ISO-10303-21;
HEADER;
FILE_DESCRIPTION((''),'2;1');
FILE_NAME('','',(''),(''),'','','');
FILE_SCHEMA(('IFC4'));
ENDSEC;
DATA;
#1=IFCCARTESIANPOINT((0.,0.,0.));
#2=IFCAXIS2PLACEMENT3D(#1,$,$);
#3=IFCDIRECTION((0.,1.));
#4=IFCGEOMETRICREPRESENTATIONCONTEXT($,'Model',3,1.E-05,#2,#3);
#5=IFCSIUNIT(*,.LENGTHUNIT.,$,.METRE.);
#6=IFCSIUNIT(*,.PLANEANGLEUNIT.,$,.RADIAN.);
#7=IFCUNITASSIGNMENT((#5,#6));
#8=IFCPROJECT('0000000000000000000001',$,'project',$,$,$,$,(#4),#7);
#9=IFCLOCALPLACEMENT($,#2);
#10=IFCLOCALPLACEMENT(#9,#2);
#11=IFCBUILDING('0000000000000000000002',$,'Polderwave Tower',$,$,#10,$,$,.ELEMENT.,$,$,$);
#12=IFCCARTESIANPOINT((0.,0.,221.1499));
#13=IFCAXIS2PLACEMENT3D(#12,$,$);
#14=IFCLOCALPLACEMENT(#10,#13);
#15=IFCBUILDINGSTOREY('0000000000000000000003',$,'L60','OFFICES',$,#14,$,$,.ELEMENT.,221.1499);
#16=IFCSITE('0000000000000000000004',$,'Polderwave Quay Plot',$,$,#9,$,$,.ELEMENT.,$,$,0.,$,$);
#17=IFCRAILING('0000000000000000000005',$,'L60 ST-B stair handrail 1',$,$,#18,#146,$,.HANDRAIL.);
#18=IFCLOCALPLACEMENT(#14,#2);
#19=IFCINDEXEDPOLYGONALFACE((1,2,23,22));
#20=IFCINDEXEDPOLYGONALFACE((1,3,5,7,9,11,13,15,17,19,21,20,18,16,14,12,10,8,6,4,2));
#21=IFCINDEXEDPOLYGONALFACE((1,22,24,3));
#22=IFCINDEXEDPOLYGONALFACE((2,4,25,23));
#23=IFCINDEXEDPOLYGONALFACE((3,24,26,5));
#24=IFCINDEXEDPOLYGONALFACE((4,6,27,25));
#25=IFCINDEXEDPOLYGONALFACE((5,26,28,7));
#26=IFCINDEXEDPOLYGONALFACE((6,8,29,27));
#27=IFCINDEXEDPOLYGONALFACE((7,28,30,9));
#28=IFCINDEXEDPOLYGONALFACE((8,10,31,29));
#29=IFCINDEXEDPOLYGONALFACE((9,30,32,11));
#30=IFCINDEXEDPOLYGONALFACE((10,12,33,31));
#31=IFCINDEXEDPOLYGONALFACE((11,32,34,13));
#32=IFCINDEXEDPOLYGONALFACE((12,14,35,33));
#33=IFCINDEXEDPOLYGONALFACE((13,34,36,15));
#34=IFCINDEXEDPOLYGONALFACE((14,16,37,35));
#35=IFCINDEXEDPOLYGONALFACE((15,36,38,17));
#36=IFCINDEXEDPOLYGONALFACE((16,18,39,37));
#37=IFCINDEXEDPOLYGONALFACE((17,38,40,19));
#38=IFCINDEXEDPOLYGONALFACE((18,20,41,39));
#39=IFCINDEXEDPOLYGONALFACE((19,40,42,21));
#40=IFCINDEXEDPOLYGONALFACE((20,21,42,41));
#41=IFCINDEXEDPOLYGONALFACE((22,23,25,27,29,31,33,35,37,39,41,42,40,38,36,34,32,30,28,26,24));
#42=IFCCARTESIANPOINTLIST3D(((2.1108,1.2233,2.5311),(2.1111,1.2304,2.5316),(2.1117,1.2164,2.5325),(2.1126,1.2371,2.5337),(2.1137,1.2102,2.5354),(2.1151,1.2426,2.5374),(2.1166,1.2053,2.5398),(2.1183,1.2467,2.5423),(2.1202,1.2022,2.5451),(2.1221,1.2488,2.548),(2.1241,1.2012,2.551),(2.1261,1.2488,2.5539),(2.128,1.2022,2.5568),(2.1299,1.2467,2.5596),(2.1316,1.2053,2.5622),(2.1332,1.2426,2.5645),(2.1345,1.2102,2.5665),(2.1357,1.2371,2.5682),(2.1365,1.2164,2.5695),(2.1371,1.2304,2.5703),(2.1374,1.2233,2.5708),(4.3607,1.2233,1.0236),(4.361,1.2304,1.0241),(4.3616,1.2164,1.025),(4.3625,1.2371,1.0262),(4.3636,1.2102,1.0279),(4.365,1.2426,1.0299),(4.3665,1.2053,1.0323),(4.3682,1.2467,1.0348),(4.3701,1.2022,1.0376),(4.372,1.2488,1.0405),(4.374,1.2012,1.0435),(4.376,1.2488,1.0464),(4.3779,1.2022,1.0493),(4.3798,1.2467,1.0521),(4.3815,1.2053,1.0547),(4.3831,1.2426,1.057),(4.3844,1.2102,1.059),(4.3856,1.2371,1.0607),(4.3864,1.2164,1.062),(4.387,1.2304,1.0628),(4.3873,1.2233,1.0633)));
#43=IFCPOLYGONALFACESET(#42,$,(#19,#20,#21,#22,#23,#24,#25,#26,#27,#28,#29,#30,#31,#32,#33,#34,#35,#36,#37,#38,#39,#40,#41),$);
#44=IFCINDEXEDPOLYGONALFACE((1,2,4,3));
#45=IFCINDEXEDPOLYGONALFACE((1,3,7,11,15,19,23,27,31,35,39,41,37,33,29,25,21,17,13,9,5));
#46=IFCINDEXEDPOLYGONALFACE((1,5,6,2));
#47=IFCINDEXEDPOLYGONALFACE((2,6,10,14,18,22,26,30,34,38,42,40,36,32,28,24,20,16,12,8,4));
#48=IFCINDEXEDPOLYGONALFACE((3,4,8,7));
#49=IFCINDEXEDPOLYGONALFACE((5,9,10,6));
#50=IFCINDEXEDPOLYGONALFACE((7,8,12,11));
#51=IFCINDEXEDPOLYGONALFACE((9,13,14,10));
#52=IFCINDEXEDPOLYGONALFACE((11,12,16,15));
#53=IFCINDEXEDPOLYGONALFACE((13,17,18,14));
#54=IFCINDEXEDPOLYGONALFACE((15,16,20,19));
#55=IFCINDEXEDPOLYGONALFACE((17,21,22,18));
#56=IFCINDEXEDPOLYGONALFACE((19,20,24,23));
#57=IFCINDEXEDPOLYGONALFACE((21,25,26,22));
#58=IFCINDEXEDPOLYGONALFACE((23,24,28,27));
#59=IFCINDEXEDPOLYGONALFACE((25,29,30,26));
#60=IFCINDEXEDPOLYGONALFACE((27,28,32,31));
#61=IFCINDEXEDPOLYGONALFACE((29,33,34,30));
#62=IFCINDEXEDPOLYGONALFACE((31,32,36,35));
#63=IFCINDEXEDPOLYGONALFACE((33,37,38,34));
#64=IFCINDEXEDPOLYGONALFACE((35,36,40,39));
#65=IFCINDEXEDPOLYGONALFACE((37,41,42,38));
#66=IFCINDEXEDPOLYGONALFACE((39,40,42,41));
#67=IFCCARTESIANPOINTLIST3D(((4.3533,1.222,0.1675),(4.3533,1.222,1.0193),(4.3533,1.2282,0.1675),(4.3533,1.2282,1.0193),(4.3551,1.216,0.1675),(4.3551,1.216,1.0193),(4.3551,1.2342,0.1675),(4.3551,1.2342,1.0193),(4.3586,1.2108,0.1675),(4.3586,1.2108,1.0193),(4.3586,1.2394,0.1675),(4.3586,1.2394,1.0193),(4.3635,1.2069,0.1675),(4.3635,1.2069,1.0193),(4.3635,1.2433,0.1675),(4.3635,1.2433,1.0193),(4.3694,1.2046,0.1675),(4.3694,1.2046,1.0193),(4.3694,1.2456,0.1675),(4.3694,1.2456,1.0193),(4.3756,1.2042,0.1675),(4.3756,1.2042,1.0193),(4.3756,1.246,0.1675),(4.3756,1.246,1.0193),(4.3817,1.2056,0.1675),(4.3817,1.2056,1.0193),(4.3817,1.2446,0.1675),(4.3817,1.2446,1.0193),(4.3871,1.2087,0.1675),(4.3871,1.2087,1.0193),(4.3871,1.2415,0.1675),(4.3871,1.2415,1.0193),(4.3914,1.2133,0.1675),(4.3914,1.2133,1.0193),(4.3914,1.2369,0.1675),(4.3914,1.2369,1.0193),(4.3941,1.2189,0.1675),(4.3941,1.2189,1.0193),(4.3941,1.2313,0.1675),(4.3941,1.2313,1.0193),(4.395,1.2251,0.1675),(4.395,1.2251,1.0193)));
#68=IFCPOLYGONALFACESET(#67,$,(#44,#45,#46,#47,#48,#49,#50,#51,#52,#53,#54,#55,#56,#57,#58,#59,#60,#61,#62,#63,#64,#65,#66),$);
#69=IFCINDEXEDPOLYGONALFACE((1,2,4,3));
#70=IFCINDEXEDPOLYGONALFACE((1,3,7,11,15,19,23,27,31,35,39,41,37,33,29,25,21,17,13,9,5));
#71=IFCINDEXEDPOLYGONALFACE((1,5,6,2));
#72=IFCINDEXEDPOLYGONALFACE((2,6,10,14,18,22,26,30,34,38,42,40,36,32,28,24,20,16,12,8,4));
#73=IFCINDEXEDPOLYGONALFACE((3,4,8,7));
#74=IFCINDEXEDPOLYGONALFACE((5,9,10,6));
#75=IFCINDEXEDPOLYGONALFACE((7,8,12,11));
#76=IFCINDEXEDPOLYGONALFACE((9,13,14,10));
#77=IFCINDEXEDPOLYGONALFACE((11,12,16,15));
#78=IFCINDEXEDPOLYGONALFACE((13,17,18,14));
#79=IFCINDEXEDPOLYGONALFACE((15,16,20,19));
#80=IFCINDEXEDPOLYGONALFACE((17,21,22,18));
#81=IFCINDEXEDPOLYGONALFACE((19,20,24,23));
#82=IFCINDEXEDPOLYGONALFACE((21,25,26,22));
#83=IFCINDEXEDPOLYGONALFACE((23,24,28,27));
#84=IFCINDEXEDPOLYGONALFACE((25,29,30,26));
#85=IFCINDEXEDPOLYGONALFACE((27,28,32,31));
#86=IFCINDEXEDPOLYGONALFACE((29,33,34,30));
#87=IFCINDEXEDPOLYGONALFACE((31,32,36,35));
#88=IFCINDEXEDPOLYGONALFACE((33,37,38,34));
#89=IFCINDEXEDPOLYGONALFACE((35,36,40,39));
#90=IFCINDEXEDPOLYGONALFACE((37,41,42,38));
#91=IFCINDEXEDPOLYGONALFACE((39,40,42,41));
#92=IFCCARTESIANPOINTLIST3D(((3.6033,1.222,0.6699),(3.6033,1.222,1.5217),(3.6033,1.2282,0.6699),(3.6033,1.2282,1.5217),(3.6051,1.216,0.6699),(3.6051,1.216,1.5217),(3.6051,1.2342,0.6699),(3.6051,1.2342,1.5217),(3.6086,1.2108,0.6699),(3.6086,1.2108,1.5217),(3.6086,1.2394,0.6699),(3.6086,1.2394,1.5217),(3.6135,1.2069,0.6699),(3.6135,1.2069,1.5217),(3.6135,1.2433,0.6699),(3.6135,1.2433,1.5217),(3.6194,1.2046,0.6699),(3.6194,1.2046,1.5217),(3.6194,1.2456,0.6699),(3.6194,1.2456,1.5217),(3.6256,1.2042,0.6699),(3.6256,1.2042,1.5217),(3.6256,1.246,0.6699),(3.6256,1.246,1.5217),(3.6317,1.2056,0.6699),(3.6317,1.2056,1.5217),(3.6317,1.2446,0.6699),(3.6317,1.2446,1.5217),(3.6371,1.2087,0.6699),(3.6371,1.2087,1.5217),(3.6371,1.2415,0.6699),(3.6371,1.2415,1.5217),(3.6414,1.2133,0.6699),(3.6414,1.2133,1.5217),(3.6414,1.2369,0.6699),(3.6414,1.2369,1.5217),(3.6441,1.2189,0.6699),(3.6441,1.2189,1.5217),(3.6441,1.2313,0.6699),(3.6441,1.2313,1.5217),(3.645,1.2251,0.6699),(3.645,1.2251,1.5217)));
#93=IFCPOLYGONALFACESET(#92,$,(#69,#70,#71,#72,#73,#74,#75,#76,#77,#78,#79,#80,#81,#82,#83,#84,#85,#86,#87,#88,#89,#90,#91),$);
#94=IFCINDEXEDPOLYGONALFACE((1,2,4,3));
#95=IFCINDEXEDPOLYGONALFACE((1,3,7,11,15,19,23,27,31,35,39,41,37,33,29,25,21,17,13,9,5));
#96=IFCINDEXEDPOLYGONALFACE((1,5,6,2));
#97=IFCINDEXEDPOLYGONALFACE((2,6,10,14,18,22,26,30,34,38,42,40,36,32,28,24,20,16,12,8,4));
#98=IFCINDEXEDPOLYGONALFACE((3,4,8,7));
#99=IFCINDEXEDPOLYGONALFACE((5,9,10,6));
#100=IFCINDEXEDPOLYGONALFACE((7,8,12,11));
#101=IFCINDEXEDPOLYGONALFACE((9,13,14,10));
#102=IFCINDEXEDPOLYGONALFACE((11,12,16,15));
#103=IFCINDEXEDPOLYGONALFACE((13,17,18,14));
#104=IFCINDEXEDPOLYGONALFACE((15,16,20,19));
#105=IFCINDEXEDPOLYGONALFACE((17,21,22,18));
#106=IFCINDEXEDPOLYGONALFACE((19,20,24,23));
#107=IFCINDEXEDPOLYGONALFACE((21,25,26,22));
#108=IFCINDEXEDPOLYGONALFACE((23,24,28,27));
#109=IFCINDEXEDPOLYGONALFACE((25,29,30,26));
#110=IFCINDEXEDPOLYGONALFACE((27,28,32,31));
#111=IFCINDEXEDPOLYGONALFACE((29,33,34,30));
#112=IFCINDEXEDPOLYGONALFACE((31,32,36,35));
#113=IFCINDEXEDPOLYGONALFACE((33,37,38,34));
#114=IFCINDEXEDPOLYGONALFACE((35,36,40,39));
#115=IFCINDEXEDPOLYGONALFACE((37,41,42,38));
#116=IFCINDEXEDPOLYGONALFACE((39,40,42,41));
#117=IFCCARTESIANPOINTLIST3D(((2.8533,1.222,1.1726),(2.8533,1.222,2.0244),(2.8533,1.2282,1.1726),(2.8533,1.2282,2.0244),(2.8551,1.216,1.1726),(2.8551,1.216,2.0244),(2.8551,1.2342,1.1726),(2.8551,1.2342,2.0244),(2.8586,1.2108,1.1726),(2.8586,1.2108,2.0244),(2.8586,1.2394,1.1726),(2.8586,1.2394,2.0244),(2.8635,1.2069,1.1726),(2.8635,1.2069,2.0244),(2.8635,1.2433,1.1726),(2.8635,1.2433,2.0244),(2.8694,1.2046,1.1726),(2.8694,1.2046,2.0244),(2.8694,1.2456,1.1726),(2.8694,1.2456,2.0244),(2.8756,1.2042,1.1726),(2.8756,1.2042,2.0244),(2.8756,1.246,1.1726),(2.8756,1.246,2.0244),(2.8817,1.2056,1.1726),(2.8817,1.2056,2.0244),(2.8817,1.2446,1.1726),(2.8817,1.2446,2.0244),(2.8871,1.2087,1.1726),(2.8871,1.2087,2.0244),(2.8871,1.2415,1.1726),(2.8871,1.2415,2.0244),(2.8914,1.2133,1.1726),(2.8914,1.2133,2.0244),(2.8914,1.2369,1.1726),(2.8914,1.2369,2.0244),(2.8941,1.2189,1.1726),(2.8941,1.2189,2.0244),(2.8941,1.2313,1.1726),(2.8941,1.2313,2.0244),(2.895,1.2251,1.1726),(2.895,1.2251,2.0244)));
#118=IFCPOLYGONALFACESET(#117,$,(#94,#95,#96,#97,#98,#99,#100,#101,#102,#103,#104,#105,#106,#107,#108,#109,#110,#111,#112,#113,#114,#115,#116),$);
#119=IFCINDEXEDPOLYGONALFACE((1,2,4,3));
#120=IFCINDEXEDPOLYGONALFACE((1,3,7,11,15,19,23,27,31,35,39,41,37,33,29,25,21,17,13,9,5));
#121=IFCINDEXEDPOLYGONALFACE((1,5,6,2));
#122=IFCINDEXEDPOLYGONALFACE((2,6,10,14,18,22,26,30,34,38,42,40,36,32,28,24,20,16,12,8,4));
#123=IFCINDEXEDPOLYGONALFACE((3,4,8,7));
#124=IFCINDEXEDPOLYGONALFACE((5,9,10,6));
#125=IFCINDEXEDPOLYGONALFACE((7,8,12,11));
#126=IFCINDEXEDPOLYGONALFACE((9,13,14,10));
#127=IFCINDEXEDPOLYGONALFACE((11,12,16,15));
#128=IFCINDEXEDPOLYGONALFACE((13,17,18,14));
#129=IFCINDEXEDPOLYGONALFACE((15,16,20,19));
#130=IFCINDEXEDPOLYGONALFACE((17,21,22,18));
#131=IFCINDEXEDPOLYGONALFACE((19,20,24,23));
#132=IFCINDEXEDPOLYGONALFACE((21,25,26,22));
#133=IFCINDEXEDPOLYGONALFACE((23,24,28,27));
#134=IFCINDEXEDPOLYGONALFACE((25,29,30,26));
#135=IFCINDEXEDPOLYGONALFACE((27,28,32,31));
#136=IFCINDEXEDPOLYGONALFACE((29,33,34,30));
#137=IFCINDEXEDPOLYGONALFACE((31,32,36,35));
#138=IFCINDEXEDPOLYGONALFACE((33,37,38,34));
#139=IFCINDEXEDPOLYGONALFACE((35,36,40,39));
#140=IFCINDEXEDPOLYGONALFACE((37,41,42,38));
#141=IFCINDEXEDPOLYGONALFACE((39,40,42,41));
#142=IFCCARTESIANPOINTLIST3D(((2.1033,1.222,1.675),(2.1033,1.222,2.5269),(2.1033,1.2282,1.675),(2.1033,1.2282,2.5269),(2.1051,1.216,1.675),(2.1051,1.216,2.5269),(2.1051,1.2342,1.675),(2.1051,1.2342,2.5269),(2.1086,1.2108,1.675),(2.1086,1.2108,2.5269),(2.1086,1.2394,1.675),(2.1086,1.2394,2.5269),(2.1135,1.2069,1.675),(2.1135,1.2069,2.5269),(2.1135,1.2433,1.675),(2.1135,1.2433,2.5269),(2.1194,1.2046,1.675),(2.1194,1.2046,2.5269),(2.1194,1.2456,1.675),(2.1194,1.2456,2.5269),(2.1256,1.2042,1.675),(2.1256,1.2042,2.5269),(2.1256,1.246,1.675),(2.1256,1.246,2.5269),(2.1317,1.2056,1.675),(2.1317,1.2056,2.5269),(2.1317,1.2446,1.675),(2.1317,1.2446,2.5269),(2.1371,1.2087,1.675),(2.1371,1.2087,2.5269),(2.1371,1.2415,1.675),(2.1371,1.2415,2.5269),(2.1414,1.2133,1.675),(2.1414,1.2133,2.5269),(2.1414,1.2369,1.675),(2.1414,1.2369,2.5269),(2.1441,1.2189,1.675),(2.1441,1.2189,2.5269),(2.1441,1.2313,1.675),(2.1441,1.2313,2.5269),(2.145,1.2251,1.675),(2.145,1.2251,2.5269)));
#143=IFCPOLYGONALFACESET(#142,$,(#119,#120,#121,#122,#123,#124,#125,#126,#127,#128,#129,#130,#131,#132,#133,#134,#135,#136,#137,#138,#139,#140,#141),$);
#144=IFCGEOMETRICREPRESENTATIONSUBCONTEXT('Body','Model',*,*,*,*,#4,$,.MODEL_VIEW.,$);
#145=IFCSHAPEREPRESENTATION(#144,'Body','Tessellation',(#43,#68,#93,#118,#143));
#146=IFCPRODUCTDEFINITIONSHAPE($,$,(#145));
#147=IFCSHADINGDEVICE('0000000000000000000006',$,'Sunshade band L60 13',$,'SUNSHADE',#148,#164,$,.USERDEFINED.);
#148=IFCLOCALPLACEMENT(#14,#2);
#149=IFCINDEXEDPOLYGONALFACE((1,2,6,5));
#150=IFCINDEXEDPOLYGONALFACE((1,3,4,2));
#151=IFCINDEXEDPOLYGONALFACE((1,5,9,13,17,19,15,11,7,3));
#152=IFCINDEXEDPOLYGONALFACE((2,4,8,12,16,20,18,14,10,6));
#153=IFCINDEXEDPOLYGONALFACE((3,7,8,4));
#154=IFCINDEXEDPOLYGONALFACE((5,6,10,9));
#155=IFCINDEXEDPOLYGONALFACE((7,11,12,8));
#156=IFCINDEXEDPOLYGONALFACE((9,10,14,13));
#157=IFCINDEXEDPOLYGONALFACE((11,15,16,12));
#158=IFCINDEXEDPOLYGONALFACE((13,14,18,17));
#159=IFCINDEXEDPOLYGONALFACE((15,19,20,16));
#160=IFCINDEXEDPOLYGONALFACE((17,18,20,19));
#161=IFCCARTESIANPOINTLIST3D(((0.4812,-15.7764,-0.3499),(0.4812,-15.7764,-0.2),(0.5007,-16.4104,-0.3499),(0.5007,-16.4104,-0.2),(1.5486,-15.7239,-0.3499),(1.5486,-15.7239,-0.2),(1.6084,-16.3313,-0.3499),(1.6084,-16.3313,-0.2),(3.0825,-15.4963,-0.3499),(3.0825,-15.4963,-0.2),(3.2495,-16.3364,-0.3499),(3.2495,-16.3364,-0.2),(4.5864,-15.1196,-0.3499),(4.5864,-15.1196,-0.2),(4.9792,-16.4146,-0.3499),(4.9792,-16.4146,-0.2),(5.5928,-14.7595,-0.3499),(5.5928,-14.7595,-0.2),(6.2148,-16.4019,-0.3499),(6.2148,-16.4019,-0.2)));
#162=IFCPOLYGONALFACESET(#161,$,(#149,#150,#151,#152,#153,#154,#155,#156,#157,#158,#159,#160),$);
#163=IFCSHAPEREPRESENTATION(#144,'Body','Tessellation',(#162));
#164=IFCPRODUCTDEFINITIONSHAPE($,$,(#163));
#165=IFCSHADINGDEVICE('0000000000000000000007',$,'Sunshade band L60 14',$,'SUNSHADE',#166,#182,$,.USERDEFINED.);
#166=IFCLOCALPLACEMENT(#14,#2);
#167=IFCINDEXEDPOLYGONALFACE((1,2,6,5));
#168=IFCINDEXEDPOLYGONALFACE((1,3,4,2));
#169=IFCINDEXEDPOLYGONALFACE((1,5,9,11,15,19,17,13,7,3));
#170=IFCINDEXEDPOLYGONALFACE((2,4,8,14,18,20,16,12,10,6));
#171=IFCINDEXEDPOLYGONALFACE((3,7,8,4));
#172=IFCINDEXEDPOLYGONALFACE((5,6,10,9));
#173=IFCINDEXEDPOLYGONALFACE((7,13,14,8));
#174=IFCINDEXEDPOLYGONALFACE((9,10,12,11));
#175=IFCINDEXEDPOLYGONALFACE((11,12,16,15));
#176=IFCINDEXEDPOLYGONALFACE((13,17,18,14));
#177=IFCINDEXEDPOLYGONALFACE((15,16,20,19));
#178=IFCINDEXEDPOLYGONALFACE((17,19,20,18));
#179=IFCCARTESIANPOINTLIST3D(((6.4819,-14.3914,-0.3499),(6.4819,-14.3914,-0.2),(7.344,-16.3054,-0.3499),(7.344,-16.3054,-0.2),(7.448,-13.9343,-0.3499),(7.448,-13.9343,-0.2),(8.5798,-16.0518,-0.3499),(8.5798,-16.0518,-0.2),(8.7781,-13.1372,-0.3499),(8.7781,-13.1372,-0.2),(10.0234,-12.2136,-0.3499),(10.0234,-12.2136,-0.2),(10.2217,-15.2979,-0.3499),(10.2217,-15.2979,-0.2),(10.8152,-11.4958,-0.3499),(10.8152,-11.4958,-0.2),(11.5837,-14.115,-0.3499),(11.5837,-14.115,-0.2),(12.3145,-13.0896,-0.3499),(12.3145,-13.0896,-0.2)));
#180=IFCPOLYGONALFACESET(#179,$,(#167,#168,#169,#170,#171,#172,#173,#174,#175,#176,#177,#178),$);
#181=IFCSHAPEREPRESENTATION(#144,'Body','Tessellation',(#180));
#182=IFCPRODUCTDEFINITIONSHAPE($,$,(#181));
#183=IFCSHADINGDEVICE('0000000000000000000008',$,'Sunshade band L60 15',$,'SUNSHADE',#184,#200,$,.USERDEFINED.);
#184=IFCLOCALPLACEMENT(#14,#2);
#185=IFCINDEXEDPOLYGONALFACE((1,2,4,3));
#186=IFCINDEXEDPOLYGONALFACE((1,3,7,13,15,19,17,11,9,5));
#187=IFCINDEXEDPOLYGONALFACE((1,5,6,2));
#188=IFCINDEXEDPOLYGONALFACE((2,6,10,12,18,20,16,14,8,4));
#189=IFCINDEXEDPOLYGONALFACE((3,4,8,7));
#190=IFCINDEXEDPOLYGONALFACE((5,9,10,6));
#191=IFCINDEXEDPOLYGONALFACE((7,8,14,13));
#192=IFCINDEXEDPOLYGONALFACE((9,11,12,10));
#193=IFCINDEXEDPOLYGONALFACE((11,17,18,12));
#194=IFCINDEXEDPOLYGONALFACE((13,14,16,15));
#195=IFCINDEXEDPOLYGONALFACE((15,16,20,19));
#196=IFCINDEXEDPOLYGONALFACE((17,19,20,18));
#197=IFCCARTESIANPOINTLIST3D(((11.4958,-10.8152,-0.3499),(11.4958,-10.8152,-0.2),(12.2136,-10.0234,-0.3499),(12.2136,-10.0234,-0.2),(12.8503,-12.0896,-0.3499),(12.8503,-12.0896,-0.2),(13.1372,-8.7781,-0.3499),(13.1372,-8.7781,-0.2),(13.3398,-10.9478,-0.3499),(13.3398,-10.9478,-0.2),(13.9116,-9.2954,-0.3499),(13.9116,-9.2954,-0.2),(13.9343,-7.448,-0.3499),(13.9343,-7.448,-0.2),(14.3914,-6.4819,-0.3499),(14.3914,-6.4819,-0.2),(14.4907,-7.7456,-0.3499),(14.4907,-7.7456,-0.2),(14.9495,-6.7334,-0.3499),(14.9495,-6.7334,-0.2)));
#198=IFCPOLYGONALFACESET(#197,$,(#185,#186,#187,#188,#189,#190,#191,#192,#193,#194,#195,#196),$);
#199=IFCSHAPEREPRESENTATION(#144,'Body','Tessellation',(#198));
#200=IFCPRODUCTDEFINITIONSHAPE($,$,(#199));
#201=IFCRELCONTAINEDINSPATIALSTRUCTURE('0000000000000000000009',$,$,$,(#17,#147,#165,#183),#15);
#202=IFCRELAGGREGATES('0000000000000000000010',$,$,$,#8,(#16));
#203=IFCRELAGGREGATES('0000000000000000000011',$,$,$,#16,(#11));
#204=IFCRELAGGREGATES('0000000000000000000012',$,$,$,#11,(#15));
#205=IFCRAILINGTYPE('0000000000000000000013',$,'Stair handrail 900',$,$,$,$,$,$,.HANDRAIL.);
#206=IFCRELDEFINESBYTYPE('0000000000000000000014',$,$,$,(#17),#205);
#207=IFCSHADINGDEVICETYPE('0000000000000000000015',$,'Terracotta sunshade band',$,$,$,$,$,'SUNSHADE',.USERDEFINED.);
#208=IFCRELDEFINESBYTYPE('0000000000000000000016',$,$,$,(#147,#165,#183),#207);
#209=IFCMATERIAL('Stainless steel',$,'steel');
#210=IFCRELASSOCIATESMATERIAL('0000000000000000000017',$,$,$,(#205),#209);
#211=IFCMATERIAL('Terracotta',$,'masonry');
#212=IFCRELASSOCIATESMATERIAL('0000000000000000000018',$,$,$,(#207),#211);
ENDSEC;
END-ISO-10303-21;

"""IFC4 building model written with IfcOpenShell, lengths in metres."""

from ifc_helpers import new_model, si_unit, direction, frame, origin, origin_2d, place, context, subcontext, project, spatial, polyline, circle, outline, extrude, material, type_object, element, save


model = new_model("IFC4")

# Units and contexts
model_context = context("Model", 3, precision=1e-05, world=origin(), true_north=direction((0.0, 1.0)))
body_context = subcontext(model_context, "Body", "Model", "MODEL_VIEW")
ifc_project = project(units=[si_unit("LENGTHUNIT", "METRE"), si_unit("PLANEANGLEUNIT", "RADIAN")], contexts=[model_context])

# Site, building, storey
site_placement = place(None, origin())
site = spatial("IfcSite", under=ifc_project, at=site_placement, Name="Polderwave Quay Plot", CompositionType="ELEMENT", RefElevation=0.0)
building_placement = place(site_placement, origin())
building = spatial("IfcBuilding", under=site, at=building_placement, Name="Polderwave Tower", CompositionType="ELEMENT")
storey_placement = place(building_placement, frame((0.0, 0.0, 221.1499)))
storey = spatial("IfcBuildingStorey", under=building, at=storey_placement, Name="L60", Description="OFFICES", CompositionType="ELEMENT", Elevation=221.1499)

# Railing
ifc_material_1 = material(Name="Stainless steel", Category="steel")
railing_type_1 = type_object("IfcRailingType", Name="Stair handrail 900", PredefinedType="HANDRAIL", material=ifc_material_1)
railing_1_placement = place(storey_placement, frame((4.374, 1.2251, 0.1675)))
element("IfcRailing", 1, at=railing_1_placement, inside=storey, type_object=railing_type_1, Name="L60 ST-B stair handrail 1", PredefinedType="HANDRAIL", context=body_context, shape_type="SweptSolid", body=[
    extrude(circle(Radius=0.0239, at=origin_2d()), frame((0.0, 0.0, 0.876), z_axis=(-0.830758, 0.0, 0.556633), x_axis=(0.0, -1.0, 0.0)), (0.0, 0.0, 1.0), 2.7083),
    extrude(circle(Radius=0.021, at=origin_2d()), origin(), (0.0, 0.0, 1.0), 0.8518),
    extrude(circle(Radius=0.021, at=origin_2d()), frame((-0.75, 0.0, 0.5024)), (0.0, 0.0, 1.0), 0.8518),
    extrude(circle(Radius=0.021, at=origin_2d()), frame((-1.5, 0.0, 1.0051)), (0.0, 0.0, 1.0), 0.8518),
    extrude(circle(Radius=0.021, at=origin_2d()), frame((-2.25, 0.0, 1.5076)), (0.0, 0.0, 1.0), 0.8518),
])

# Shading devices
ifc_material_2 = material(Name="Terracotta", Category="masonry")
shading_device_type = type_object("IfcShadingDeviceType", Name="Terracotta sunshade band", ElementType="SUNSHADE", PredefinedType="USERDEFINED", material=ifc_material_2)
shading_device_1_placement = place(storey_placement, frame((0.0, 0.0, -0.3499)))
element("IfcShadingDevice", 2, at=shading_device_1_placement, inside=storey, type_object=shading_device_type, Name="Sunshade band L60 13", ObjectType="SUNSHADE", PredefinedType="USERDEFINED", context=body_context, shape_type="SweptSolid", body=[
    extrude(outline(polyline([(0.4812, -15.7764), (1.5486, -15.7239), (3.0825, -15.4963), (4.5864, -15.1196), (5.5928, -14.7595), (6.2148, -16.4019), (4.9792, -16.4146), (3.2495, -16.3364), (1.6084, -16.3313), (0.5007, -16.4104), (0.4812, -15.7764)])), origin(), (0.0, 0.0, 1.0), 0.1499),
])
shading_device_2_placement = place(storey_placement, frame((0.0, 0.0, -0.3499)))
element("IfcShadingDevice", 3, at=shading_device_2_placement, inside=storey, type_object=shading_device_type, Name="Sunshade band L60 14", ObjectType="SUNSHADE", PredefinedType="USERDEFINED", context=body_context, shape_type="SweptSolid", body=[
    extrude(outline(polyline([(6.4819, -14.3914), (7.448, -13.9343), (8.7781, -13.1372), (10.0234, -12.2136), (10.8152, -11.4958), (12.3145, -13.0896), (11.5837, -14.115), (10.2217, -15.2979), (8.5798, -16.0518), (7.344, -16.3054), (6.4819, -14.3914)])), origin(), (0.0, 0.0, 1.0), 0.1499),
])
shading_device_3_placement = place(storey_placement, frame((0.0, 0.0, -0.3499)))
element("IfcShadingDevice", 4, at=shading_device_3_placement, inside=storey, type_object=shading_device_type, Name="Sunshade band L60 15", ObjectType="SUNSHADE", PredefinedType="USERDEFINED", context=body_context, shape_type="SweptSolid", body=[
    extrude(outline(polyline([(11.4958, -10.8152), (12.2136, -10.0234), (13.1372, -8.7781), (13.9343, -7.448), (14.3914, -6.4819), (14.9495, -6.7334), (14.4907, -7.7456), (13.9116, -9.2954), (13.3398, -10.9478), (12.8503, -12.0896), (11.4958, -10.8152)])), origin(), (0.0, 0.0, 1.0), 0.1499),
])

save(model, "model.ifc")
